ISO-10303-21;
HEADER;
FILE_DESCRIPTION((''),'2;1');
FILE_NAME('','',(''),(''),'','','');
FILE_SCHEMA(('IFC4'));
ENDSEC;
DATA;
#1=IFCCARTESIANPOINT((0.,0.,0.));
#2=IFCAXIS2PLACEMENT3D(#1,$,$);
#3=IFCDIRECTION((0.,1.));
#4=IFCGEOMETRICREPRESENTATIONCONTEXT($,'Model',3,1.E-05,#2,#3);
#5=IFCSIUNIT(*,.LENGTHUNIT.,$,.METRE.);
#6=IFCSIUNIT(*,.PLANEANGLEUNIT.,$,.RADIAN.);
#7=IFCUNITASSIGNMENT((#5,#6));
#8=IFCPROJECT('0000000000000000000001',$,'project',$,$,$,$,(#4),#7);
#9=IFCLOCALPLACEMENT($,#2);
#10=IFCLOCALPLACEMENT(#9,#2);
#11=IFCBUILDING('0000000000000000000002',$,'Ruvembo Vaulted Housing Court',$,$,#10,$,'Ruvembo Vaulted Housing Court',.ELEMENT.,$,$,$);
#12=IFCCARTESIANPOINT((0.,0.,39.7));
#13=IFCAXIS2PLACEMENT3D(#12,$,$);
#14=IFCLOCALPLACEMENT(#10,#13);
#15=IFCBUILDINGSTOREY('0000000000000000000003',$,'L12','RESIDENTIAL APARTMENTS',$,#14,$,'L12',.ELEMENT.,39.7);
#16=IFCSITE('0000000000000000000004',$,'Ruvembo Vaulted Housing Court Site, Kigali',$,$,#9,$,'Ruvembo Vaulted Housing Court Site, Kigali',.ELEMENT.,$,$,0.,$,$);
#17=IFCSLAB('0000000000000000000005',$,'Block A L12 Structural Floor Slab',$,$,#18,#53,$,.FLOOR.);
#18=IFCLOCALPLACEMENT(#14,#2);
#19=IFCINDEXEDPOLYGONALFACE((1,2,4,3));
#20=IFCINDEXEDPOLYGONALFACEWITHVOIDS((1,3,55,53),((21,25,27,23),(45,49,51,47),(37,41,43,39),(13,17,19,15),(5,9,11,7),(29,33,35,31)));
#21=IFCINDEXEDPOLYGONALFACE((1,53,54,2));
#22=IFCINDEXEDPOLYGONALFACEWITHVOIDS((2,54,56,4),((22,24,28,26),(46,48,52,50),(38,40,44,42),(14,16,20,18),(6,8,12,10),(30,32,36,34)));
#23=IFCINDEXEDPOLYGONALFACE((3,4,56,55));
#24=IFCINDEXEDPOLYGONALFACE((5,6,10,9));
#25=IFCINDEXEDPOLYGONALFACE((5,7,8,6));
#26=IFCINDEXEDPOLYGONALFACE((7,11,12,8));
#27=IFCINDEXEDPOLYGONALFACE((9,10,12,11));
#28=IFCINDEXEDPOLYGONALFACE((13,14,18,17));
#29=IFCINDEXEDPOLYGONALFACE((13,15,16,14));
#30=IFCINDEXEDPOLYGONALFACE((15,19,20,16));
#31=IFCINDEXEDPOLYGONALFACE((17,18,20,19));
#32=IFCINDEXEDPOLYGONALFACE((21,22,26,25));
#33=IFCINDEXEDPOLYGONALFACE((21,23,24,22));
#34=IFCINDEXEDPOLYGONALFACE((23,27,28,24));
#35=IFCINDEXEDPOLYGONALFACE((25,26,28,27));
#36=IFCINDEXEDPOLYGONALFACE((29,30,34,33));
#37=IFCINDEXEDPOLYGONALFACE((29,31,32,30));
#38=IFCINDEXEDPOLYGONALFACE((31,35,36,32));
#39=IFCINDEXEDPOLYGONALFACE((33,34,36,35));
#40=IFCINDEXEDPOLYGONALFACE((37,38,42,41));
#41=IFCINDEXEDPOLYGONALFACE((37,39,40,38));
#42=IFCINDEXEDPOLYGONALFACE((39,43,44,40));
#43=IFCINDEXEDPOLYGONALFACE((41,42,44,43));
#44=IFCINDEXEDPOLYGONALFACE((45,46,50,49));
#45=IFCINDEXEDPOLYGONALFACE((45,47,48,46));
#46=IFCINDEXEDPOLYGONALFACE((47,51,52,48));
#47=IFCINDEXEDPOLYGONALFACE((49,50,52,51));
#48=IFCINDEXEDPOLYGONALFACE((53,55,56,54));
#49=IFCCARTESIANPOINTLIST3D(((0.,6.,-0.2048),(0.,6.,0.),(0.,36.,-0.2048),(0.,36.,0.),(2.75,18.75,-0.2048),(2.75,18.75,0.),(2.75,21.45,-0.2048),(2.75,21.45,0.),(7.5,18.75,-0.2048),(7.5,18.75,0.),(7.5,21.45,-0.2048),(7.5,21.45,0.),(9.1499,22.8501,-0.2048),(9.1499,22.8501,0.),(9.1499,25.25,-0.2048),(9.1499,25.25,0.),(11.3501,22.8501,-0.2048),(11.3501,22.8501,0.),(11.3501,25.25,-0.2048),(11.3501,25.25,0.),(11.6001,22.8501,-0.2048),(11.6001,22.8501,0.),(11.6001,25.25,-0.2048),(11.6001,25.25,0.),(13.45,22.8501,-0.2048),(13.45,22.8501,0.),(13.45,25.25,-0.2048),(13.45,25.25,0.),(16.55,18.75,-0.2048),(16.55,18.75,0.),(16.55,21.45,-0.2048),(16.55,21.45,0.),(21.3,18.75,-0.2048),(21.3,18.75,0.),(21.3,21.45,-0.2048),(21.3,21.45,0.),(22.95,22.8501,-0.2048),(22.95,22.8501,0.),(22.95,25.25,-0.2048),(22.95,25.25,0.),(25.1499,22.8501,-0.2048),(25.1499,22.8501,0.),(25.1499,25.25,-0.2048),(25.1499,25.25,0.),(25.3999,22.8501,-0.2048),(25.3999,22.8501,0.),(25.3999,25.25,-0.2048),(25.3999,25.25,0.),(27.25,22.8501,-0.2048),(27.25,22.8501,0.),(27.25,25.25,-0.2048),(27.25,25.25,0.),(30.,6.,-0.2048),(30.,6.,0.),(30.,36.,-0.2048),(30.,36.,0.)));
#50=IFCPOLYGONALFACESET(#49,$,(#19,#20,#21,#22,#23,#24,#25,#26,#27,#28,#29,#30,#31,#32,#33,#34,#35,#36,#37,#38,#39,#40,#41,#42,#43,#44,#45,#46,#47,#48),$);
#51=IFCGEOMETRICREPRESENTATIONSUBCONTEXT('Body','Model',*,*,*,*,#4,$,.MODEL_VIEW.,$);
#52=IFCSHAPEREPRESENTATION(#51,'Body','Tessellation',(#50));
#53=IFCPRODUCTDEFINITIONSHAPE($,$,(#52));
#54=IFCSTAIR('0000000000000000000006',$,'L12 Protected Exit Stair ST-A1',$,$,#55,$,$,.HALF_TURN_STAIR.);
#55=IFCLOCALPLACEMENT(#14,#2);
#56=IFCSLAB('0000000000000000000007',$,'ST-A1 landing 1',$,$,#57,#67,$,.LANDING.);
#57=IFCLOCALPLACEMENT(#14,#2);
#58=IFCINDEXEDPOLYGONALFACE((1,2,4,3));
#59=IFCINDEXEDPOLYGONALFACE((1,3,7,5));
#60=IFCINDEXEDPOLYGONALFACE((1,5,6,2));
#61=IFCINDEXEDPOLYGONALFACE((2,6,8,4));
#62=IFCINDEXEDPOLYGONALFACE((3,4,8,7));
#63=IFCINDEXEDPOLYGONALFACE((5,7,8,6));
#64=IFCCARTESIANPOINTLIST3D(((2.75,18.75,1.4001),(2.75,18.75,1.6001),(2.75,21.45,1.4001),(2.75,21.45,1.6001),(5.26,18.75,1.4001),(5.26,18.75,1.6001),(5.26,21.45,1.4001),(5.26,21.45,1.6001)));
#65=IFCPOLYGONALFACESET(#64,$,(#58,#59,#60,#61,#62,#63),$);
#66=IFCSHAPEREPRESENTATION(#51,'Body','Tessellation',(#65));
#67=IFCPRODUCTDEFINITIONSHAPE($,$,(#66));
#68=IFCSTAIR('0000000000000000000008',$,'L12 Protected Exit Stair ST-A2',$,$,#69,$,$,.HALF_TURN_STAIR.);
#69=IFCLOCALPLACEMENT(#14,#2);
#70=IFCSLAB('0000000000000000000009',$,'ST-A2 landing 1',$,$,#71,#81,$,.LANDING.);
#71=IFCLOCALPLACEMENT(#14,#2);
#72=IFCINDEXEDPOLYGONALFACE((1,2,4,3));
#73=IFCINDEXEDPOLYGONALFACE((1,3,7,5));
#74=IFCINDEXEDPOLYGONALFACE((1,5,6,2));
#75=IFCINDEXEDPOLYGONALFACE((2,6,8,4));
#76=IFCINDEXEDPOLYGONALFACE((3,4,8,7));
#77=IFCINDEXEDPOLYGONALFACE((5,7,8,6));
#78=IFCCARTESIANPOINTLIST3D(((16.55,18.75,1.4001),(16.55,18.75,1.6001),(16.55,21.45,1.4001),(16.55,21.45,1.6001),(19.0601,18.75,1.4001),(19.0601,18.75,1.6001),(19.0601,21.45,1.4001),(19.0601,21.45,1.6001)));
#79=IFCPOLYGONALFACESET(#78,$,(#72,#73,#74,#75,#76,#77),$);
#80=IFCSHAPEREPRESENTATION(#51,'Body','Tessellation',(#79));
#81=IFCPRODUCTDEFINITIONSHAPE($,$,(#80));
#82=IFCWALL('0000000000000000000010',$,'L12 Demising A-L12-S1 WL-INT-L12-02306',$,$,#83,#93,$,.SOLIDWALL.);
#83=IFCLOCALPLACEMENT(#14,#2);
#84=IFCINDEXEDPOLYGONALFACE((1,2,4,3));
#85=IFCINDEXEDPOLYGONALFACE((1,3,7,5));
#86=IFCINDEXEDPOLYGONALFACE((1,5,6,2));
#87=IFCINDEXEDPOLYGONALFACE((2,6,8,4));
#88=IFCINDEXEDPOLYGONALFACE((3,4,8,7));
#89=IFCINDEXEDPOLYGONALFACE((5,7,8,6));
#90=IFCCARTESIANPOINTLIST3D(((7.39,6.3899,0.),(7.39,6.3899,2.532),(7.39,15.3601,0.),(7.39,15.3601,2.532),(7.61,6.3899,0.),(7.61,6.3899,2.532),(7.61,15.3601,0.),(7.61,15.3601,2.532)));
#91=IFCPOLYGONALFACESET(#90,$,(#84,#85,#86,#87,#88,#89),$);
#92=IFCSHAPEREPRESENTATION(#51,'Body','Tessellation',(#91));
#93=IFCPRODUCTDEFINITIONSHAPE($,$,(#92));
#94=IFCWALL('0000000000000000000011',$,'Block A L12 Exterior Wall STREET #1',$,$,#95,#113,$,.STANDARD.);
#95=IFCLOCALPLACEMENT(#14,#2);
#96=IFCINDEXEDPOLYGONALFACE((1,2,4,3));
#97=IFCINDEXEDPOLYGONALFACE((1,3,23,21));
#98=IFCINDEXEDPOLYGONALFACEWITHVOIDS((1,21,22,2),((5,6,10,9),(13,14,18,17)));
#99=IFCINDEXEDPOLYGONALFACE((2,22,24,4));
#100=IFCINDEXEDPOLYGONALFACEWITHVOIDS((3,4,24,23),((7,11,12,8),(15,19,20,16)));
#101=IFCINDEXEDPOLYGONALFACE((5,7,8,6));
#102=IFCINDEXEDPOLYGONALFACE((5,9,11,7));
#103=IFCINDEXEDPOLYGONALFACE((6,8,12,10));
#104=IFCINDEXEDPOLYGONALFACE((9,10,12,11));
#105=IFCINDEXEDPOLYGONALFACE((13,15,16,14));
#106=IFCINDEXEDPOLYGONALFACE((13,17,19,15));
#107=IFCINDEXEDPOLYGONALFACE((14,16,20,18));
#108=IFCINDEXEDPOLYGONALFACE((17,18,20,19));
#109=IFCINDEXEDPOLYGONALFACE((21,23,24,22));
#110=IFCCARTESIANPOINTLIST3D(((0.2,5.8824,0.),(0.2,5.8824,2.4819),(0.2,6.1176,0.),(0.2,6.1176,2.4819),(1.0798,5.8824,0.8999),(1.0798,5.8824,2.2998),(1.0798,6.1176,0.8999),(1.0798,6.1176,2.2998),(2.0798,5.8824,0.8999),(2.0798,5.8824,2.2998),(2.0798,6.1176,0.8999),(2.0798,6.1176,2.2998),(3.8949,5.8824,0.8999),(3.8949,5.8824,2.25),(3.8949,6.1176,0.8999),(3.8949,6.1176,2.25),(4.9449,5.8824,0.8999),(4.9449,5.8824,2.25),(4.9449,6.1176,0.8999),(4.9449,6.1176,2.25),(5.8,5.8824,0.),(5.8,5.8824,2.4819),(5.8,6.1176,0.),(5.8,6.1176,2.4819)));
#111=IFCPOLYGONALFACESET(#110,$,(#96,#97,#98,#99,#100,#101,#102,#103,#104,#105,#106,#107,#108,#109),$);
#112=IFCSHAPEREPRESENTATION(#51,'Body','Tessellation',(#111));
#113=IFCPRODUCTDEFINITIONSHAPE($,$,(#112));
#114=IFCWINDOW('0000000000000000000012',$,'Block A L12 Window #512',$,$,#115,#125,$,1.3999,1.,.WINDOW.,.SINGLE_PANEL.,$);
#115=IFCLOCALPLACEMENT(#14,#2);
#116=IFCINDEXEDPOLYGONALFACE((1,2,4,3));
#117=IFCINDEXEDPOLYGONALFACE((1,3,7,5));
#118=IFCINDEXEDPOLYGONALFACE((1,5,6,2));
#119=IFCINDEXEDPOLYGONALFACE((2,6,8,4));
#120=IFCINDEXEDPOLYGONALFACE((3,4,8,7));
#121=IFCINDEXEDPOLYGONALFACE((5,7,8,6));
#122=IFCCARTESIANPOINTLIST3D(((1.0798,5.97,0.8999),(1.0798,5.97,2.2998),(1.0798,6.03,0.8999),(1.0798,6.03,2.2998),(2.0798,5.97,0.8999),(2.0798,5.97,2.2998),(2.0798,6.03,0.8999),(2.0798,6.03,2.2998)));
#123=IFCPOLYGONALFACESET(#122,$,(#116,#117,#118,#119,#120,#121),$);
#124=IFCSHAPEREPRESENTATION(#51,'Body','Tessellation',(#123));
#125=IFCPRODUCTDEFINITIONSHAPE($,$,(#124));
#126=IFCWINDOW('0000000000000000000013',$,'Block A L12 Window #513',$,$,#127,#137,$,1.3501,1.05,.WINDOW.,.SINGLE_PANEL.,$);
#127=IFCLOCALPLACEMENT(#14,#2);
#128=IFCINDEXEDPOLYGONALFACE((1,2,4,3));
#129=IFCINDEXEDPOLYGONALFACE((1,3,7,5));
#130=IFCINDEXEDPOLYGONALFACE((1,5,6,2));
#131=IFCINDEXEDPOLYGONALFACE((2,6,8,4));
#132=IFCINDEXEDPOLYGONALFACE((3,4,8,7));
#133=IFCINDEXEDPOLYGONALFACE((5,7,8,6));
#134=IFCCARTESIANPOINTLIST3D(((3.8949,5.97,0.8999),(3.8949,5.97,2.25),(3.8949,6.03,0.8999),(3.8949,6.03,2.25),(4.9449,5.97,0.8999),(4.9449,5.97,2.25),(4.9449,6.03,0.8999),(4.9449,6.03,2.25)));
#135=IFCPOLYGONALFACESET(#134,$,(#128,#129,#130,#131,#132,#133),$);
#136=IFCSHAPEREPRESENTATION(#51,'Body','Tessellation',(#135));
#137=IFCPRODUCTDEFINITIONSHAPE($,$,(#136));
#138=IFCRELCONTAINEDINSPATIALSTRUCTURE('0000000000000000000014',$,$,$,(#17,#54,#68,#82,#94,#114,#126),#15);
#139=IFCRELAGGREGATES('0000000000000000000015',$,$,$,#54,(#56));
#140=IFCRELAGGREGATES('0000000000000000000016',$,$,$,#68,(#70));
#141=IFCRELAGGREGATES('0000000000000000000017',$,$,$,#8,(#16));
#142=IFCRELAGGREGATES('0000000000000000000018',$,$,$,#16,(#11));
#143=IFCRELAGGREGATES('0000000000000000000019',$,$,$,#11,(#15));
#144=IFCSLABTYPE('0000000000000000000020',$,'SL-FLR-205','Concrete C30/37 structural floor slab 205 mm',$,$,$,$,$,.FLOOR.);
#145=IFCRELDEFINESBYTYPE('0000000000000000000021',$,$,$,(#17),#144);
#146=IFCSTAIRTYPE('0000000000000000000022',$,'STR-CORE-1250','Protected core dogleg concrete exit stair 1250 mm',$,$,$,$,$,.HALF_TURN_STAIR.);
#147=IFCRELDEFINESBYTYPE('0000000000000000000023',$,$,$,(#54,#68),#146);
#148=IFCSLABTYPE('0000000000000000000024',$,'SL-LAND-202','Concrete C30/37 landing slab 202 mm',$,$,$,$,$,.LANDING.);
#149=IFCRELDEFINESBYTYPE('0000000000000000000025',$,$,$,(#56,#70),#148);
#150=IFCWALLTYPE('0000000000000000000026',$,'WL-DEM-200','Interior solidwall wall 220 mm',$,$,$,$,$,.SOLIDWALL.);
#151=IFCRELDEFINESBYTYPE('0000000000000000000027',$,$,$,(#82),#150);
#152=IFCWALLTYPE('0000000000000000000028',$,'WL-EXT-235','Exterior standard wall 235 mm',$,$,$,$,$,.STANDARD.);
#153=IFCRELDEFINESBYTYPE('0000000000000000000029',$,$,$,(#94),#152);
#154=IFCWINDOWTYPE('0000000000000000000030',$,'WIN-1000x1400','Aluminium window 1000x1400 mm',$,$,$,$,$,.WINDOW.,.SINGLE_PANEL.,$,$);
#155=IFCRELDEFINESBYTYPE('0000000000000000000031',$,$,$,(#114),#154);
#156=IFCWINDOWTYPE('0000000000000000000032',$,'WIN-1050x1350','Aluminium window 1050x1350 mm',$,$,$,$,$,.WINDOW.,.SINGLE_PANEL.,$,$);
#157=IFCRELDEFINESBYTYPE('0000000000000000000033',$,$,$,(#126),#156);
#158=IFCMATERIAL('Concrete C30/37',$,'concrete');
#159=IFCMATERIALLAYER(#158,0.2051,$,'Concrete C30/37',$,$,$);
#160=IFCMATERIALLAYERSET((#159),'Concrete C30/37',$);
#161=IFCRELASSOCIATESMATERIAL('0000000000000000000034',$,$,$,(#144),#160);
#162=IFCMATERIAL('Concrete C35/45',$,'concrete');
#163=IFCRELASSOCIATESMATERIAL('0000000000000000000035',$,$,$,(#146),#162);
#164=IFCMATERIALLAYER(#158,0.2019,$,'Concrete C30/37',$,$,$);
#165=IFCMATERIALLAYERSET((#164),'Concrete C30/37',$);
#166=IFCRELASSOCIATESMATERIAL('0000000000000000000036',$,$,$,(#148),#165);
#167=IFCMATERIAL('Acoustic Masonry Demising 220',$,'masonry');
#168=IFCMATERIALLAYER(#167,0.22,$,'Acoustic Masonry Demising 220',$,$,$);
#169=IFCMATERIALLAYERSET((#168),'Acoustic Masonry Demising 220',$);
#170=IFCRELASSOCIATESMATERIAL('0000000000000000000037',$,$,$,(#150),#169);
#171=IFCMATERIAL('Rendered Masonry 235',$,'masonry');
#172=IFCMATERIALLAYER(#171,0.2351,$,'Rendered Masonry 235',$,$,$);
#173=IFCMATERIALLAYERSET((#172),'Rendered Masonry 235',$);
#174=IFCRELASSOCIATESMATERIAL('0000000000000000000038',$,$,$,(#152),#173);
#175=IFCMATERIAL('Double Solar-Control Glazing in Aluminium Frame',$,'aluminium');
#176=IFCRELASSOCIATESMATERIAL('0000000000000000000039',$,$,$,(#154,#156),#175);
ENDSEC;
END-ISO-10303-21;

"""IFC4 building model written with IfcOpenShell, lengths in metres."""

from ifc_helpers import new_model, si_unit, direction, frame, frame_2d, origin, place, context, subcontext, project, spatial, polyline, rectangle, outline, extrude, material, layer, layer_set, type_object, element, fill, aggregate, save


model = new_model("IFC4")

# Units and contexts
model_context = context("Model", 3, precision=1e-05, world=origin(), true_north=direction((0.0, 1.0)))
body_context = subcontext(model_context, "Body", "Model", "MODEL_VIEW")
ifc_project = project(units=[si_unit("LENGTHUNIT", "METRE"), si_unit("PLANEANGLEUNIT", "RADIAN")], contexts=[model_context])

# Site, building, storey
site_placement = place(None, origin())
site = spatial("IfcSite", under=ifc_project, at=site_placement, Name="Ruvembo Vaulted Housing Court Site, Kigali", LongName="Ruvembo Vaulted Housing Court Site, Kigali", CompositionType="ELEMENT", RefElevation=0.0)
building_placement = place(site_placement, origin())
building = spatial("IfcBuilding", under=site, at=building_placement, Name="Ruvembo Vaulted Housing Court", LongName="Ruvembo Vaulted Housing Court", CompositionType="ELEMENT")
storey_placement = place(building_placement, frame((0.0, 0.0, 39.7)))
storey = spatial("IfcBuildingStorey", under=building, at=storey_placement, Name="L12", Description="RESIDENTIAL APARTMENTS", LongName="L12", CompositionType="ELEMENT", Elevation=39.7)

# Shared definitions
ifc_material_1 = material(Name="Concrete C35/45", Category="concrete")

# Shared definitions
ifc_material_2 = material(Name="Concrete C30/37", Category="concrete")

# Slab
ifc_layer_1 = layer(ifc_material_2, 0.2051, Name="Concrete C30/37")
ifc_layer_set_1 = layer_set([ifc_layer_1], Name="Concrete C30/37")
slab_type_1 = type_object("IfcSlabType", Name="SL-FLR-205", Description="Concrete C30/37 structural floor slab 205 mm", PredefinedType="FLOOR", material=ifc_layer_set_1)
slab_1_placement = place(storey_placement, frame((0.0, 0.0, -0.2048)))
element("IfcSlab", 1, at=slab_1_placement, inside=storey, type_object=slab_type_1, Name="Block A L12 Structural Floor Slab", PredefinedType="FLOOR", context=body_context, shape_type="SweptSolid", body=[
    extrude(outline(polyline([(30.0, 6.0), (30.0, 36.0), (0.0, 36.0), (0.0, 6.0), (30.0, 6.0)]), holes=[polyline([(7.5, 21.45), (2.75, 21.45), (2.75, 18.75), (7.5, 18.75), (7.5, 21.45)]), polyline([(9.1499, 22.8501), (11.3501, 22.8501), (11.3501, 25.25), (9.1499, 25.25), (9.1499, 22.8501)]), polyline([(11.6001, 22.8501), (13.45, 22.8501), (13.45, 25.25), (11.6001, 25.25), (11.6001, 22.8501)]), polyline([(21.3, 21.45), (16.55, 21.45), (16.55, 18.75), (21.3, 18.75), (21.3, 21.45)]), polyline([(22.95, 22.8501), (25.1499, 22.8501), (25.1499, 25.25), (22.95, 25.25), (22.95, 22.8501)]), polyline([(25.3999, 22.8501), (27.25, 22.8501), (27.25, 25.25), (25.3999, 25.25), (25.3999, 22.8501)])]), origin(), (0.0, 0.0, 1.0), 0.2048),
])

# Stairs, slabs
stair_type = type_object("IfcStairType", Name="STR-CORE-1250", Description="Protected core dogleg concrete exit stair 1250 mm", PredefinedType="HALF_TURN_STAIR", material=ifc_material_1)
stair_1_placement = place(storey_placement, origin())
stair_1 = element("IfcStair", 2, at=stair_1_placement, inside=storey, type_object=stair_type, Name="L12 Protected Exit Stair ST-A1", PredefinedType="HALF_TURN_STAIR")
ifc_layer_2 = layer(ifc_material_2, 0.2019, Name="Concrete C30/37")
ifc_layer_set_2 = layer_set([ifc_layer_2], Name="Concrete C30/37")
slab_type_2 = type_object("IfcSlabType", Name="SL-LAND-202", Description="Concrete C30/37 landing slab 202 mm", PredefinedType="LANDING", material=ifc_layer_set_2)
slab_2_placement = place(storey_placement, frame((0.0, 0.0, 1.4001)))
slab_2 = element("IfcSlab", 3, at=slab_2_placement, type_object=slab_type_2, Name="ST-A1 landing 1", PredefinedType="LANDING", context=body_context, shape_type="SweptSolid", body=[
    extrude(outline(polyline([(5.26, 21.45), (2.75, 21.45), (2.75, 18.75), (5.26, 18.75), (5.26, 21.45)])), origin(), (0.0, 0.0, 1.0), 0.2),
])
aggregate(stair_1, [slab_2])
stair_2_placement = place(storey_placement, origin())
stair_2 = element("IfcStair", 4, at=stair_2_placement, inside=storey, type_object=stair_type, Name="L12 Protected Exit Stair ST-A2", PredefinedType="HALF_TURN_STAIR")
slab_3_placement = place(storey_placement, frame((0.0, 0.0, 1.4001)))
slab_3 = element("IfcSlab", 5, at=slab_3_placement, type_object=slab_type_2, Name="ST-A2 landing 1", PredefinedType="LANDING", context=body_context, shape_type="SweptSolid", body=[
    extrude(outline(polyline([(19.0601, 21.45), (16.55, 21.45), (16.55, 18.75), (19.0601, 18.75), (19.0601, 21.45)])), origin(), (0.0, 0.0, 1.0), 0.2),
])
aggregate(stair_2, [slab_3])

# Wall
ifc_material_3 = material(Name="Acoustic Masonry Demising 220", Category="masonry")
ifc_layer_3 = layer(ifc_material_3, 0.22, Name="Acoustic Masonry Demising 220")
ifc_layer_set_3 = layer_set([ifc_layer_3], Name="Acoustic Masonry Demising 220")
wall_type_1 = type_object("IfcWallType", Name="WL-DEM-200", Description="Interior solidwall wall 220 mm", PredefinedType="SOLIDWALL", material=ifc_layer_set_3)
wall_1_placement = place(storey_placement, frame((7.5, 6.3899, 0.0), z_axis=(0.0, 0.0, 1.0), x_axis=(0.0, 1.0, 0.0)))
element("IfcWall", 6, at=wall_1_placement, inside=storey, type_object=wall_type_1, Name="L12 Demising A-L12-S1 WL-INT-L12-02306", PredefinedType="SOLIDWALL", context=body_context, shape_type="SweptSolid", body=[
    extrude(rectangle(XDim=8.9702, YDim=0.22, at=frame_2d((4.4851, 0.0))), origin(), (0.0, 0.0, 1.0), 2.532),
])

# Wall, openings, windows
ifc_material_4 = material(Name="Rendered Masonry 235", Category="masonry")
ifc_layer_4 = layer(ifc_material_4, 0.2351, Name="Rendered Masonry 235")
ifc_layer_set_4 = layer_set([ifc_layer_4], Name="Rendered Masonry 235")
wall_type_2 = type_object("IfcWallType", Name="WL-EXT-235", Description="Exterior standard wall 235 mm", PredefinedType="STANDARD", material=ifc_layer_set_4)
wall_2_placement = place(storey_placement, frame((0.2, 6.0, 0.0), z_axis=(0.0, 0.0, 1.0), x_axis=(1.0, 0.0, 0.0)))
wall_2 = element("IfcWall", 7, at=wall_2_placement, inside=storey, type_object=wall_type_2, Name="Block A L12 Exterior Wall STREET #1", PredefinedType="STANDARD", context=body_context, shape_type="SweptSolid", body=[
    extrude(rectangle(XDim=5.6001, YDim=0.2351, at=frame_2d((2.8, 0.0))), origin(), (0.0, 0.0, 1.0), 2.4819),
])
opening_1_placement = place(wall_2_placement, frame((0.8799, 0.0, 0.8999)))
opening_1 = element("IfcOpeningElement", 8, at=opening_1_placement, cuts=wall_2, PredefinedType="OPENING", context=body_context, shape_type="SweptSolid", body=[
    extrude(rectangle(XDim=1.0, YDim=1.3999, at=frame_2d((0.5, 0.7))), frame((0.0, 0.1274, 0.0), z_axis=(0.0, -1.0, 0.0), x_axis=(1.0, 0.0, 0.0)), (0.0, 0.0, 1.0), 0.2551),
])
opening_2_placement = place(wall_2_placement, frame((3.6951, 0.0, 0.8999)))
opening_2 = element("IfcOpeningElement", 9, at=opening_2_placement, cuts=wall_2, PredefinedType="OPENING", context=body_context, shape_type="SweptSolid", body=[
    extrude(rectangle(XDim=1.05, YDim=1.3501, at=frame_2d((0.5249, 0.675))), frame((0.0, 0.1274, 0.0), z_axis=(0.0, -1.0, 0.0), x_axis=(1.0, 0.0, 0.0)), (0.0, 0.0, 1.0), 0.2551),
])
ifc_material_5 = material(Name="Double Solar-Control Glazing in Aluminium Frame", Category="aluminium")
window_type_1 = type_object("IfcWindowType", Name="WIN-1000x1400", Description="Aluminium window 1000x1400 mm", PartitioningType="SINGLE_PANEL", PredefinedType="WINDOW", material=ifc_material_5)
window_1_placement = place(opening_1_placement, origin())
window_1 = element("IfcWindow", 10, at=window_1_placement, inside=storey, type_object=window_type_1, Name="Block A L12 Window #512", OverallHeight=1.3999, OverallWidth=1.0, PartitioningType="SINGLE_PANEL", PredefinedType="WINDOW", context=body_context, shape_type="SweptSolid", body=[
    extrude(rectangle(XDim=1.0, YDim=1.3999, at=frame_2d((0.5, 0.7))), frame((0.0, 0.03, 0.0), z_axis=(0.0, -1.0, 0.0), x_axis=(1.0, 0.0, 0.0)), (0.0, 0.0, 1.0), 0.0601),
])
fill(opening_1, window_1)
window_type_2 = type_object("IfcWindowType", Name="WIN-1050x1350", Description="Aluminium window 1050x1350 mm", PartitioningType="SINGLE_PANEL", PredefinedType="WINDOW", material=ifc_material_5)
window_2_placement = place(opening_2_placement, origin())
window_2 = element("IfcWindow", 11, at=window_2_placement, inside=storey, type_object=window_type_2, Name="Block A L12 Window #513", OverallHeight=1.3501, OverallWidth=1.05, PartitioningType="SINGLE_PANEL", PredefinedType="WINDOW", context=body_context, shape_type="SweptSolid", body=[
    extrude(rectangle(XDim=1.05, YDim=1.3501, at=frame_2d((0.5249, 0.675))), frame((0.0, 0.03, 0.0), z_axis=(0.0, -1.0, 0.0), x_axis=(1.0, 0.0, 0.0)), (0.0, 0.0, 1.0), 0.0601),
])
fill(opening_2, window_2)

save(model, "model.ifc")
